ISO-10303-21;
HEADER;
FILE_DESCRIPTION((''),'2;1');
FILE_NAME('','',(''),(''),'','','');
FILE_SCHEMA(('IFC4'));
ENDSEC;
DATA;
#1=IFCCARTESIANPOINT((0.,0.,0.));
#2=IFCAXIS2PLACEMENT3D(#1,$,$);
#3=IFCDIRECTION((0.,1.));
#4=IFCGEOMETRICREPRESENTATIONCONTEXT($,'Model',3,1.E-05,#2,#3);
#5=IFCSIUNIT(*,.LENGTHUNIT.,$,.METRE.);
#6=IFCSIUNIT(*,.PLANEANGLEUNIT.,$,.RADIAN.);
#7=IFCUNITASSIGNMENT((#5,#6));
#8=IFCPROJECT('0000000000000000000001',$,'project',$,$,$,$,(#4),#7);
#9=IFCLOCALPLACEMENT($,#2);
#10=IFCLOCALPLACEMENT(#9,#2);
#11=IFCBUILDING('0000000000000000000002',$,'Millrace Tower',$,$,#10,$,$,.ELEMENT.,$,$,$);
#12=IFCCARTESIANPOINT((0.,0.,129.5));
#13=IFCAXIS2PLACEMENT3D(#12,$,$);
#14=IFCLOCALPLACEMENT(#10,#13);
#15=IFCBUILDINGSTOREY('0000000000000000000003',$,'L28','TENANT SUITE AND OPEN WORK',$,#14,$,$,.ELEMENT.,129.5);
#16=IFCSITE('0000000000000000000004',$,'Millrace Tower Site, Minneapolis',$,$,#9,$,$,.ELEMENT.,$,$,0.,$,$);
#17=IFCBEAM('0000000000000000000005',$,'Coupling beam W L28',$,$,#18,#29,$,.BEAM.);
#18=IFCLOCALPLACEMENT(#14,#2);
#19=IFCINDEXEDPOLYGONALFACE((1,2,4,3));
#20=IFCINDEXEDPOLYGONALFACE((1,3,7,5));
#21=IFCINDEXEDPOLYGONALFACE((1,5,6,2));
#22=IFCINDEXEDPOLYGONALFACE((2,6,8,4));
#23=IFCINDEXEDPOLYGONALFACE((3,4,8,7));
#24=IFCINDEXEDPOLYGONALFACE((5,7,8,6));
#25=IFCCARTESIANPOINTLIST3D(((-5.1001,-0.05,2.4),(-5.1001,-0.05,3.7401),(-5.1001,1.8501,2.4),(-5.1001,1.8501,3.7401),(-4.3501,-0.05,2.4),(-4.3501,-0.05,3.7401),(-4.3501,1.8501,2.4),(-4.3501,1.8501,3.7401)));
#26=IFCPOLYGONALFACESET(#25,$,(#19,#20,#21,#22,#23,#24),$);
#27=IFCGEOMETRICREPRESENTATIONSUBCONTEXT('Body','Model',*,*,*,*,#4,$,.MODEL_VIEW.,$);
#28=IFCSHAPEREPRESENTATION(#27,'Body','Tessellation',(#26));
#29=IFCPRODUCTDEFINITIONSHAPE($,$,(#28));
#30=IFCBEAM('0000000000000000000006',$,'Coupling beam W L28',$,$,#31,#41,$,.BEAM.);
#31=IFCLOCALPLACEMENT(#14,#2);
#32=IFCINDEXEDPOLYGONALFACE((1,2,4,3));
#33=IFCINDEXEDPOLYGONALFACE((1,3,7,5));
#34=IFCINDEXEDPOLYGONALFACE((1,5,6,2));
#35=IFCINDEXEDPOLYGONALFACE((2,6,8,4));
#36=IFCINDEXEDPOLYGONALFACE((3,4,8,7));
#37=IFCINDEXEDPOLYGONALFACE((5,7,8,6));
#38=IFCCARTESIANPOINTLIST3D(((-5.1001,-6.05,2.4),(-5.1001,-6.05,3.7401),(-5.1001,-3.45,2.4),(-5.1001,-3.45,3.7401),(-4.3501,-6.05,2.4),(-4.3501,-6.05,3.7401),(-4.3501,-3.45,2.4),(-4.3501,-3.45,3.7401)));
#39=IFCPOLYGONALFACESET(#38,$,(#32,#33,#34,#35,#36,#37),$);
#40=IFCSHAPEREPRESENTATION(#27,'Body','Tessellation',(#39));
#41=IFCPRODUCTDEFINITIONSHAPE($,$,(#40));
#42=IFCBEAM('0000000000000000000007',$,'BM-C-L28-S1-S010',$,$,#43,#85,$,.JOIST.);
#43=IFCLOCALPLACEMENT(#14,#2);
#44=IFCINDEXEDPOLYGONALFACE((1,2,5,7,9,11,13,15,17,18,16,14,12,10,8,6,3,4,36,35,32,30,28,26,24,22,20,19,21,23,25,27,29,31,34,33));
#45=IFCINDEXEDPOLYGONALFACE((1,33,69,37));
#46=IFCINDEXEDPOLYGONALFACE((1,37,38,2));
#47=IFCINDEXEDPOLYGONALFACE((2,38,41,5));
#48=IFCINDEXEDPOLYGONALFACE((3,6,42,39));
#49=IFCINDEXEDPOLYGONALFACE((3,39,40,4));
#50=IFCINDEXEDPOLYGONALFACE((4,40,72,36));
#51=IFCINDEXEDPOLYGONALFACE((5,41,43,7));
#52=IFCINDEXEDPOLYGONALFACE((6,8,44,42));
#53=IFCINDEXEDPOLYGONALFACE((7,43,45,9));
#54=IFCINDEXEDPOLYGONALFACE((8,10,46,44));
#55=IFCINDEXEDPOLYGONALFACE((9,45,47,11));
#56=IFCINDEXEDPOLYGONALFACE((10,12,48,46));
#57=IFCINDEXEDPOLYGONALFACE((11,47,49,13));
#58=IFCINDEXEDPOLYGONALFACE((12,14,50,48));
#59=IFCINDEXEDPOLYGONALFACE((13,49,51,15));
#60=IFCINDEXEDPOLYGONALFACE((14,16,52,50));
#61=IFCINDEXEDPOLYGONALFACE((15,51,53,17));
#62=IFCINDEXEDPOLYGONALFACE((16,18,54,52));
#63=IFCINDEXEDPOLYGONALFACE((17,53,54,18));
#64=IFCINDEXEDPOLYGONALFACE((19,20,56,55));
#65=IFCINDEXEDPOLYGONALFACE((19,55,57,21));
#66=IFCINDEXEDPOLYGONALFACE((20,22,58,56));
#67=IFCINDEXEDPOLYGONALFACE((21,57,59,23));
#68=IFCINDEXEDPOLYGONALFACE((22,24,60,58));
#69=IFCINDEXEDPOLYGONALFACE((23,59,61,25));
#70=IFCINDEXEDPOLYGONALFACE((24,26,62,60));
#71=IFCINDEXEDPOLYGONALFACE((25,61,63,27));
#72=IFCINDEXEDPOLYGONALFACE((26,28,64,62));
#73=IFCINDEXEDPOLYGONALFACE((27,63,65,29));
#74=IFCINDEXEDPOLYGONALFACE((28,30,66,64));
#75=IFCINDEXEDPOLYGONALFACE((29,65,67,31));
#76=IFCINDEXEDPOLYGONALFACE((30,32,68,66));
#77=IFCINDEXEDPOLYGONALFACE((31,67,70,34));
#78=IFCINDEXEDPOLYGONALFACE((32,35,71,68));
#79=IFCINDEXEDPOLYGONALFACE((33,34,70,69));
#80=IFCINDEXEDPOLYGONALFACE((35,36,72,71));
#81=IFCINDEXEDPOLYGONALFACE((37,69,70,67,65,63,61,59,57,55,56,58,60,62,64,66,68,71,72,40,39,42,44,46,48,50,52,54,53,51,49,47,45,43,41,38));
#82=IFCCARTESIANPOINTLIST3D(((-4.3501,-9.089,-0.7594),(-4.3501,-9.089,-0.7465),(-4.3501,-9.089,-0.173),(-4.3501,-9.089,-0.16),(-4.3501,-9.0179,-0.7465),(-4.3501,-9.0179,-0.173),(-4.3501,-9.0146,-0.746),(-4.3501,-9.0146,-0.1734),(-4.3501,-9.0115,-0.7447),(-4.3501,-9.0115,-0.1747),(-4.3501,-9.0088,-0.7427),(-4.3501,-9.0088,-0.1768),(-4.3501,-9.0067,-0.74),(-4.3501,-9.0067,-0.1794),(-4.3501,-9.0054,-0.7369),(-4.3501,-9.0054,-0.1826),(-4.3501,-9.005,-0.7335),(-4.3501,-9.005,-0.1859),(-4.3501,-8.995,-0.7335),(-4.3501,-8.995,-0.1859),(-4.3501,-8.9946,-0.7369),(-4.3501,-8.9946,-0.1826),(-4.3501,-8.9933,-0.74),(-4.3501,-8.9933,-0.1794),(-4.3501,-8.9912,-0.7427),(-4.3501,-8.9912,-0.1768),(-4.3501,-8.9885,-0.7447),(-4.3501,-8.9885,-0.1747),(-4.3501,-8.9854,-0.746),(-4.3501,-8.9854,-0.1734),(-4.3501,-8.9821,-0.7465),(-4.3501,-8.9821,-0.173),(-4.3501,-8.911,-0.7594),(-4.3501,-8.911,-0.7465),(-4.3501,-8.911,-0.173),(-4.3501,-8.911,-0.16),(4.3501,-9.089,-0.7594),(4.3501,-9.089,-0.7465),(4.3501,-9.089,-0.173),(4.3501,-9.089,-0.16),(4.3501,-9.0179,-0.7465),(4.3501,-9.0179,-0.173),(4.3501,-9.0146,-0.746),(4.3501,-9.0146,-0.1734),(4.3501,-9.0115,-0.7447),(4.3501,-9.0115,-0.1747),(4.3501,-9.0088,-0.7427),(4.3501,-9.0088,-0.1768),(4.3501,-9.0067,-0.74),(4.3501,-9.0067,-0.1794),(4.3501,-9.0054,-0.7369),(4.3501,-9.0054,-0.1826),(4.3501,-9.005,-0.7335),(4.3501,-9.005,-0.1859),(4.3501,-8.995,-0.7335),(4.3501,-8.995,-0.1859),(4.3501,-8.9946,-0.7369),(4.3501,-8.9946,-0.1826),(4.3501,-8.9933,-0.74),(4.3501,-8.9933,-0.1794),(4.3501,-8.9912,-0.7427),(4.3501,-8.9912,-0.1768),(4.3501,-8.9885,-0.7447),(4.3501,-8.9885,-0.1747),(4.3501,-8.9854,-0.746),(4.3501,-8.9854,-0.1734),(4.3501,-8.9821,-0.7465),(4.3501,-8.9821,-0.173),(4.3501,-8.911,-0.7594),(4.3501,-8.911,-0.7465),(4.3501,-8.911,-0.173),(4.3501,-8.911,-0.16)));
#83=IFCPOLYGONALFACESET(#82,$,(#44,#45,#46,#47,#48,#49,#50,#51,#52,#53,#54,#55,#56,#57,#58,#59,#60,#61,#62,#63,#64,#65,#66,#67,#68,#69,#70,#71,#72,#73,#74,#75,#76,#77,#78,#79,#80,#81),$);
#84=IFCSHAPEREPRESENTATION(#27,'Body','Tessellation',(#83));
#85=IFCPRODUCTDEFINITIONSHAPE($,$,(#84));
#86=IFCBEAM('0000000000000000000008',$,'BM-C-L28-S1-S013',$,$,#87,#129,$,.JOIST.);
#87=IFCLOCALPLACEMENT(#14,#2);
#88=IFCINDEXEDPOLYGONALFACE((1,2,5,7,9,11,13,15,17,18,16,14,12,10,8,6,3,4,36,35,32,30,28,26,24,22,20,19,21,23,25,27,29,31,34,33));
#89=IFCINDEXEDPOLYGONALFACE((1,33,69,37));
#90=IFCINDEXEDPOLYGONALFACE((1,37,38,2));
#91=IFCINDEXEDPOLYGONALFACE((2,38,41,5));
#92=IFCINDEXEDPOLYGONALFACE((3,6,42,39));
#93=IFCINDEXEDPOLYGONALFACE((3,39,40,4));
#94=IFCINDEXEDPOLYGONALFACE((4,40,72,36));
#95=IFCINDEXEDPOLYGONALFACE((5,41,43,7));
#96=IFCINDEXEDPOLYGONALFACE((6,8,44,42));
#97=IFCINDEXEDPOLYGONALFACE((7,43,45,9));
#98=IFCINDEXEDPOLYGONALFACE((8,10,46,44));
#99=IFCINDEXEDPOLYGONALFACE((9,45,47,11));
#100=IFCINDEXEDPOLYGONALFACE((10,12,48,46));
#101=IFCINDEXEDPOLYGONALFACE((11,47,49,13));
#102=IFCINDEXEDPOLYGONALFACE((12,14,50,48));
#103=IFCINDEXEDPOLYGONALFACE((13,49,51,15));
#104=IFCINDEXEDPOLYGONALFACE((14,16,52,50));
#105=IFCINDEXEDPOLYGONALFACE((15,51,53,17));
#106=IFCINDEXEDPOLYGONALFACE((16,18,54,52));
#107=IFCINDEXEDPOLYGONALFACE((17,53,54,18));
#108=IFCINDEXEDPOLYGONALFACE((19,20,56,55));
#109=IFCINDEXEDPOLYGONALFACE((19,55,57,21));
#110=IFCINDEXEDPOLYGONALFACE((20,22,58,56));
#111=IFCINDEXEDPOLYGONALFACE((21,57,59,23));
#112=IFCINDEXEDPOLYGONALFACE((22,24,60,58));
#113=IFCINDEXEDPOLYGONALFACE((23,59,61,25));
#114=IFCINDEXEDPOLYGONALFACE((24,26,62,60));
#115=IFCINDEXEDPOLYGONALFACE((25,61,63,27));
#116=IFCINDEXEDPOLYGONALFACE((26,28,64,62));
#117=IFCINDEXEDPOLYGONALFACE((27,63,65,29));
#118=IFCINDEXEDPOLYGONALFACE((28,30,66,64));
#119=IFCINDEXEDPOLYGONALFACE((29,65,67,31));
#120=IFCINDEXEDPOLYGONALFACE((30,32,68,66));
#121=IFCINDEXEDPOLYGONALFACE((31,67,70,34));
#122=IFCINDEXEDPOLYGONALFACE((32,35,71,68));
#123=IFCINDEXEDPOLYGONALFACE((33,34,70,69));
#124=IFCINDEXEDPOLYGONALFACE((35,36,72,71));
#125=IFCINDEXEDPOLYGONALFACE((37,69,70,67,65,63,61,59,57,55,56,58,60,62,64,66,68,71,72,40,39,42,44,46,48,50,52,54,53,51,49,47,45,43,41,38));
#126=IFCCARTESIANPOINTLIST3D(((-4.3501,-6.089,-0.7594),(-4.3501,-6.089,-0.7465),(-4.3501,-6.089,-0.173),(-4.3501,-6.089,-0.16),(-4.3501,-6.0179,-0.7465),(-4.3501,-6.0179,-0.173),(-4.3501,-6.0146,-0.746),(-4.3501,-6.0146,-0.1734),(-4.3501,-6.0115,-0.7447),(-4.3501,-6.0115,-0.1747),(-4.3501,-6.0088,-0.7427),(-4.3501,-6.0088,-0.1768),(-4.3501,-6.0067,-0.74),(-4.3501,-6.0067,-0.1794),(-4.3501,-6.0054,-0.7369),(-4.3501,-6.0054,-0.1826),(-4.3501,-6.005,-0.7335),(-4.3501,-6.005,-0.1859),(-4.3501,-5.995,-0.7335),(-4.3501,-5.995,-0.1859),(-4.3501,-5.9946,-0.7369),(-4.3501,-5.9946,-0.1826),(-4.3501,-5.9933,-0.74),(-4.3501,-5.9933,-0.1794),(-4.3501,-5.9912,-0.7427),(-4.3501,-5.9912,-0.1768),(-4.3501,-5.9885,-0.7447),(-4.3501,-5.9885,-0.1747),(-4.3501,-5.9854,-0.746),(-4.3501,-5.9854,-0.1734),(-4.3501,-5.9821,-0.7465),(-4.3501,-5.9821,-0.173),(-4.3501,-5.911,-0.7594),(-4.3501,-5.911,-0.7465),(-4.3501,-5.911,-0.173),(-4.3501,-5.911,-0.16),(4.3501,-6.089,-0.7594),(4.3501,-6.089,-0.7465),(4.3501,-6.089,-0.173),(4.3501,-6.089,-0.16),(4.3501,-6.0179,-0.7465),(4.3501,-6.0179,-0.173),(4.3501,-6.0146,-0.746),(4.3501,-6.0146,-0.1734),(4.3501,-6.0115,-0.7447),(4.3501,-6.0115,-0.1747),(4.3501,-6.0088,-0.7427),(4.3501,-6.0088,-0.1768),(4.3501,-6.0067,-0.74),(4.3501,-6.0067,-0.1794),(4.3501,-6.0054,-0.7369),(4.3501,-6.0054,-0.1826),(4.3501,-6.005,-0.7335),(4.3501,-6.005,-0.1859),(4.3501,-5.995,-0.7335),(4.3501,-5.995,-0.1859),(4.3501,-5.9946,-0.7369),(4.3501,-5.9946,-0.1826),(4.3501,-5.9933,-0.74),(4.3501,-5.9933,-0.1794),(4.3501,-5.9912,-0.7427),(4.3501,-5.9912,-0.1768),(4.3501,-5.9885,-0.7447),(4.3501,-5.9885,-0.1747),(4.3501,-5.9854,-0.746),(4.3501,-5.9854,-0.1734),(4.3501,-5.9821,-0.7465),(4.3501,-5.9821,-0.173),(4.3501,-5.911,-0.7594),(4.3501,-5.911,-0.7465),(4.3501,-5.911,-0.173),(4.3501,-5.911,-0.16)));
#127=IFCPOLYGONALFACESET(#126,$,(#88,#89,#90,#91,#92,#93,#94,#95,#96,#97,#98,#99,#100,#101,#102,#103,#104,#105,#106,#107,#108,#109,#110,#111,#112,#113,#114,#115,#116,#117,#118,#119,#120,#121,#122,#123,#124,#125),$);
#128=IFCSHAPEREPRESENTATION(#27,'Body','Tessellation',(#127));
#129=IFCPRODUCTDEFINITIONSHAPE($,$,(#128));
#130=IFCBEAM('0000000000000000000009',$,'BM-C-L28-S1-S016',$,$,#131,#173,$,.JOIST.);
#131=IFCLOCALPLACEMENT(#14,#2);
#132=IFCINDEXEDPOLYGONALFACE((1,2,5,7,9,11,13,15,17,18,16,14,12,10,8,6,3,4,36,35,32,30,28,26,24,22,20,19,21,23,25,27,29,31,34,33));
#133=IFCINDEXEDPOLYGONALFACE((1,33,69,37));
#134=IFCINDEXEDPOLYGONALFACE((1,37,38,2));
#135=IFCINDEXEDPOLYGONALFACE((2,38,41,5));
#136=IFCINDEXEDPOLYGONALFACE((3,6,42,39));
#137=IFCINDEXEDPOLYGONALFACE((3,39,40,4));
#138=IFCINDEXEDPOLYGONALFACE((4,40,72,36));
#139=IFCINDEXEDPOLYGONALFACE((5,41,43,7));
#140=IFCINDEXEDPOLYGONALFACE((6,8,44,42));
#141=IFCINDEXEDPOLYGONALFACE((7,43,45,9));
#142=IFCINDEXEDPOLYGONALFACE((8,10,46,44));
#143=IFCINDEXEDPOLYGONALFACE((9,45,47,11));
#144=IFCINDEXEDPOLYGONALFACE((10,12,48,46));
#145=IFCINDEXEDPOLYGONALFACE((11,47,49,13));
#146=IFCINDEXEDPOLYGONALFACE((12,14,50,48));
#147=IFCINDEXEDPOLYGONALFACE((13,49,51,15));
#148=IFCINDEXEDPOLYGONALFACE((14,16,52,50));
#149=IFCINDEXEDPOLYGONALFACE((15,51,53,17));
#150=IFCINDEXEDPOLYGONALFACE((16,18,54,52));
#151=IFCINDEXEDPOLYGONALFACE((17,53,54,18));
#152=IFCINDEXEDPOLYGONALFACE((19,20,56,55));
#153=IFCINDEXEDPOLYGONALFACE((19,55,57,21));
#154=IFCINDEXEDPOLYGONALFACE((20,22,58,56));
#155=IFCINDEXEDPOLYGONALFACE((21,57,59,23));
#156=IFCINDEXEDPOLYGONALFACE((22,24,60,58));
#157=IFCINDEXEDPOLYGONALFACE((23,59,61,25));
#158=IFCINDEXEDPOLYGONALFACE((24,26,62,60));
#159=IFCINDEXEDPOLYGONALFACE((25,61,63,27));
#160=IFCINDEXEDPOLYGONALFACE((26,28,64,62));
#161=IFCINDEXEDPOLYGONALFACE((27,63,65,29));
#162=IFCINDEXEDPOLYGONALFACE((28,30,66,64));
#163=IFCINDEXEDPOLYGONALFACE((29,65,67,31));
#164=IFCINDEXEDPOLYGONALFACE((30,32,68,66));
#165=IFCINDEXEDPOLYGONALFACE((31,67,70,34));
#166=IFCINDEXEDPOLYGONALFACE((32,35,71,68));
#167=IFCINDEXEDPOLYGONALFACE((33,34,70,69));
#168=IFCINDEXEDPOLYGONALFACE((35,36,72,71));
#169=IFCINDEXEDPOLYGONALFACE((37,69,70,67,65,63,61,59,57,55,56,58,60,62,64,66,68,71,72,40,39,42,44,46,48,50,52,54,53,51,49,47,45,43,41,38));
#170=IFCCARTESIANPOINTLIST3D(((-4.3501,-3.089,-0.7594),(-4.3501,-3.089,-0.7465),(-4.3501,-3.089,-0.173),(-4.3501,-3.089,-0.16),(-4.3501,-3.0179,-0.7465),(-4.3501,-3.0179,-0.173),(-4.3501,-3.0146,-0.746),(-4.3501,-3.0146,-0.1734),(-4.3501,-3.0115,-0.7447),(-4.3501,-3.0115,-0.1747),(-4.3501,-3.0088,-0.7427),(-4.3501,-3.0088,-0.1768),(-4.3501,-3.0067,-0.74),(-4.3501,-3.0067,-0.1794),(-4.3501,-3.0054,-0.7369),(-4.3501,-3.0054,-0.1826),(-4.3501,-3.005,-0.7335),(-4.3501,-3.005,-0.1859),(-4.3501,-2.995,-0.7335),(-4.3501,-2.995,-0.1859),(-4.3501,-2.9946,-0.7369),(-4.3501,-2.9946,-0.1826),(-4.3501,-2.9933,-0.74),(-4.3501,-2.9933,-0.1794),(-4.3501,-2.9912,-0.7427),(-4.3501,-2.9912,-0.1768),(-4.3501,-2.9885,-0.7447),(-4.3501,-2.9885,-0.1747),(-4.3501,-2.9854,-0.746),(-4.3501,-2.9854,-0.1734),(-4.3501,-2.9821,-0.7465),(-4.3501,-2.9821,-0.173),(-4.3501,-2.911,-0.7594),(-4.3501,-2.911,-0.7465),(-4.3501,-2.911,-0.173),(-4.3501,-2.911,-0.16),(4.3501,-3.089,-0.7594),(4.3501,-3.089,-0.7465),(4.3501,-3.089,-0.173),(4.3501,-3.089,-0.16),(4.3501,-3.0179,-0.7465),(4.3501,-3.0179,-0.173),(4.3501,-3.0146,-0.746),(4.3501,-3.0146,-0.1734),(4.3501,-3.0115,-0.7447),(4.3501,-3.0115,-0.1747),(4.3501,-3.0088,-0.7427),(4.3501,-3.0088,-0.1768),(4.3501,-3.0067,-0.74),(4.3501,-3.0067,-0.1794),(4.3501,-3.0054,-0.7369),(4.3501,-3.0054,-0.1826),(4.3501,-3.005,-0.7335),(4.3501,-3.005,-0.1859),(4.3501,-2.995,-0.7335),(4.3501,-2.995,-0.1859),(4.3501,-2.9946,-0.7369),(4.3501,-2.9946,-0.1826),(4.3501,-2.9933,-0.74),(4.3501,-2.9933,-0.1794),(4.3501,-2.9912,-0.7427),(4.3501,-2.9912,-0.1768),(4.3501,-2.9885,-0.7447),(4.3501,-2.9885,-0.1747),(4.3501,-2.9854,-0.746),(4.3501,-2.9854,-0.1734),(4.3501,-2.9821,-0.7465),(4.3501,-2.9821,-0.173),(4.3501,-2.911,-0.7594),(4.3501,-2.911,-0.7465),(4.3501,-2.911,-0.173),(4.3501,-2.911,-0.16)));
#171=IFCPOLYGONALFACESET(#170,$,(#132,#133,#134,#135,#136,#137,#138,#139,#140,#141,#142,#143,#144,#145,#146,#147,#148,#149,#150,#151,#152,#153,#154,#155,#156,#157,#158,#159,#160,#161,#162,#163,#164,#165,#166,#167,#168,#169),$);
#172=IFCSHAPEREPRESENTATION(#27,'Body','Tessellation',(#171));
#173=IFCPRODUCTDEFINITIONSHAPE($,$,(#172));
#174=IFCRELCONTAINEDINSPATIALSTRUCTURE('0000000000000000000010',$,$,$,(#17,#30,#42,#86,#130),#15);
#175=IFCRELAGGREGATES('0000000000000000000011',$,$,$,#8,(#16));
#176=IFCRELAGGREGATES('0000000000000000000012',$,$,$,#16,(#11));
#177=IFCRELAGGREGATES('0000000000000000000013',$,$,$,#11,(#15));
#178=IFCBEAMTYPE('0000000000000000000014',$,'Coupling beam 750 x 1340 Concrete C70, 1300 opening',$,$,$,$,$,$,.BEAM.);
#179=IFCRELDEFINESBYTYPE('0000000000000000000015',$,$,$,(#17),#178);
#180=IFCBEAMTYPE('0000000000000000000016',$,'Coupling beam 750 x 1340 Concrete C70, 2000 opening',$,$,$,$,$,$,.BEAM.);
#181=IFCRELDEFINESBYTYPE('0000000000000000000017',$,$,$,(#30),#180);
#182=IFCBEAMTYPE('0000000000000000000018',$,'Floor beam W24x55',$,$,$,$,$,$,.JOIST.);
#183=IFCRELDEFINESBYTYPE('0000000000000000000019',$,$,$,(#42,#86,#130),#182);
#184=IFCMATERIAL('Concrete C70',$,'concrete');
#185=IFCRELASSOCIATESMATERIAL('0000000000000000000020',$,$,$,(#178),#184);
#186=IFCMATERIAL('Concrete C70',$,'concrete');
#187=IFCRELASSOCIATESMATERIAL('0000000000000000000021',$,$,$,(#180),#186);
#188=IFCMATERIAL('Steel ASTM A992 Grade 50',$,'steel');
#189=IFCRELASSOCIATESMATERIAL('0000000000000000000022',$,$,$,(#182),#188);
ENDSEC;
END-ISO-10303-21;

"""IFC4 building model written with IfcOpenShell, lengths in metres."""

from ifc_helpers import new_model, si_unit, direction, frame, origin, origin_2d, place, context, subcontext, project, spatial, rectangle, i_section, extrude, material, material_profile, profile_set, type_object, element, save


model = new_model("IFC4")

# Units and contexts
model_context = context("Model", 3, precision=1e-05, world=origin(), true_north=direction((0.0, 1.0)))
body_context = subcontext(model_context, "Body", "Model", "MODEL_VIEW")
ifc_project = project(units=[si_unit("LENGTHUNIT", "METRE"), si_unit("PLANEANGLEUNIT", "RADIAN")], contexts=[model_context])

# Site, building, storey
site_placement = place(None, origin())
site = spatial("IfcSite", under=ifc_project, at=site_placement, Name="Millrace Tower Site, Minneapolis", CompositionType="ELEMENT", RefElevation=0.0)
building_placement = place(site_placement, origin())
building = spatial("IfcBuilding", under=site, at=building_placement, Name="Millrace Tower", CompositionType="ELEMENT")
storey_placement = place(building_placement, frame((0.0, 0.0, 129.5)))
storey = spatial("IfcBuildingStorey", under=building, at=storey_placement, Name="L28", Description="TENANT SUITE AND OPEN WORK", CompositionType="ELEMENT", Elevation=129.5)

# Beams
ifc_material_1 = material(Name="Concrete C70", Category="concrete")
ifc_material_profile_1 = material_profile(ifc_material_1, rectangle(XDim=0.75, YDim=1.3401, at=origin_2d()))
ifc_profile_set_1 = profile_set([ifc_material_profile_1], Name="Concrete C70")
beam_type_1 = type_object("IfcBeamType", Name="Coupling beam 750 x 1340 Concrete C70, 1300 opening", PredefinedType="BEAM", material=ifc_profile_set_1)
beam_1_placement = place(storey_placement, frame((-4.7251, -0.05, 3.0701), z_axis=(0.0, 1.0, 0.0), x_axis=(-1.0, 0.0, 0.0)))
element("IfcBeam", 1, at=beam_1_placement, inside=storey, type_object=beam_type_1, Name="Coupling beam W L28", PredefinedType="BEAM", context=body_context, shape_type="SweptSolid", body=[
    extrude(rectangle(XDim=0.75, YDim=1.3401, at=origin_2d()), origin(), (0.0, 0.0, 1.0), 1.9001),
])
ifc_material_2 = material(Name="Concrete C70", Category="concrete")
ifc_material_profile_2 = material_profile(ifc_material_2, rectangle(XDim=0.75, YDim=1.3401, at=origin_2d()))
ifc_profile_set_2 = profile_set([ifc_material_profile_2], Name="Concrete C70")
beam_type_2 = type_object("IfcBeamType", Name="Coupling beam 750 x 1340 Concrete C70, 2000 opening", PredefinedType="BEAM", material=ifc_profile_set_2)
beam_2_placement = place(storey_placement, frame((-4.7251, -6.05, 3.0701), z_axis=(0.0, 1.0, 0.0), x_axis=(-1.0, 0.0, 0.0)))
element("IfcBeam", 2, at=beam_2_placement, inside=storey, type_object=beam_type_2, Name="Coupling beam W L28", PredefinedType="BEAM", context=body_context, shape_type="SweptSolid", body=[
    extrude(rectangle(XDim=0.75, YDim=1.3401, at=origin_2d()), origin(), (0.0, 0.0, 1.0), 2.6001),
])
ifc_material_3 = material(Name="Steel ASTM A992 Grade 50", Category="steel")
ifc_material_profile_3 = material_profile(ifc_material_3, i_section(OverallWidth=0.178, OverallDepth=0.5994, WebThickness=0.01, FlangeThickness=0.0129, FilletRadius=0.0129, at=origin_2d()))
ifc_profile_set_3 = profile_set([ifc_material_profile_3], Name="Steel ASTM A992 Grade 50")
beam_type_3 = type_object("IfcBeamType", Name="Floor beam W24x55", PredefinedType="JOIST", material=ifc_profile_set_3)
for number, where, z_axis, x_axis, name in (
    (3, (-4.3501, -9.0, -0.4597), (1.0, 0.0, 0.0), (0.0, 1.0, 0.0), "BM-C-L28-S1-S010"),
    (4, (-4.3501, -6.0, -0.4597), (1.0, 0.0, 0.0), (0.0, 1.0, 0.0), "BM-C-L28-S1-S013"),
    (5, (-4.3501, -3.0, -0.4597), (1.0, 0.0, 0.0), (0.0, 1.0, 0.0), "BM-C-L28-S1-S016"),
):
    element("IfcBeam", number, at=place(storey_placement, frame(where, z_axis=z_axis, x_axis=x_axis)), inside=storey, type_object=beam_type_3, Name=name, PredefinedType="JOIST", context=body_context, shape_type="SweptSolid", body=[
        extrude(i_section(OverallWidth=0.178, OverallDepth=0.5994, WebThickness=0.01, FlangeThickness=0.0129, FilletRadius=0.0129, at=origin_2d()), origin(), (0.0, 0.0, 1.0), 8.7002),
    ])

save(model, "model.ifc")
